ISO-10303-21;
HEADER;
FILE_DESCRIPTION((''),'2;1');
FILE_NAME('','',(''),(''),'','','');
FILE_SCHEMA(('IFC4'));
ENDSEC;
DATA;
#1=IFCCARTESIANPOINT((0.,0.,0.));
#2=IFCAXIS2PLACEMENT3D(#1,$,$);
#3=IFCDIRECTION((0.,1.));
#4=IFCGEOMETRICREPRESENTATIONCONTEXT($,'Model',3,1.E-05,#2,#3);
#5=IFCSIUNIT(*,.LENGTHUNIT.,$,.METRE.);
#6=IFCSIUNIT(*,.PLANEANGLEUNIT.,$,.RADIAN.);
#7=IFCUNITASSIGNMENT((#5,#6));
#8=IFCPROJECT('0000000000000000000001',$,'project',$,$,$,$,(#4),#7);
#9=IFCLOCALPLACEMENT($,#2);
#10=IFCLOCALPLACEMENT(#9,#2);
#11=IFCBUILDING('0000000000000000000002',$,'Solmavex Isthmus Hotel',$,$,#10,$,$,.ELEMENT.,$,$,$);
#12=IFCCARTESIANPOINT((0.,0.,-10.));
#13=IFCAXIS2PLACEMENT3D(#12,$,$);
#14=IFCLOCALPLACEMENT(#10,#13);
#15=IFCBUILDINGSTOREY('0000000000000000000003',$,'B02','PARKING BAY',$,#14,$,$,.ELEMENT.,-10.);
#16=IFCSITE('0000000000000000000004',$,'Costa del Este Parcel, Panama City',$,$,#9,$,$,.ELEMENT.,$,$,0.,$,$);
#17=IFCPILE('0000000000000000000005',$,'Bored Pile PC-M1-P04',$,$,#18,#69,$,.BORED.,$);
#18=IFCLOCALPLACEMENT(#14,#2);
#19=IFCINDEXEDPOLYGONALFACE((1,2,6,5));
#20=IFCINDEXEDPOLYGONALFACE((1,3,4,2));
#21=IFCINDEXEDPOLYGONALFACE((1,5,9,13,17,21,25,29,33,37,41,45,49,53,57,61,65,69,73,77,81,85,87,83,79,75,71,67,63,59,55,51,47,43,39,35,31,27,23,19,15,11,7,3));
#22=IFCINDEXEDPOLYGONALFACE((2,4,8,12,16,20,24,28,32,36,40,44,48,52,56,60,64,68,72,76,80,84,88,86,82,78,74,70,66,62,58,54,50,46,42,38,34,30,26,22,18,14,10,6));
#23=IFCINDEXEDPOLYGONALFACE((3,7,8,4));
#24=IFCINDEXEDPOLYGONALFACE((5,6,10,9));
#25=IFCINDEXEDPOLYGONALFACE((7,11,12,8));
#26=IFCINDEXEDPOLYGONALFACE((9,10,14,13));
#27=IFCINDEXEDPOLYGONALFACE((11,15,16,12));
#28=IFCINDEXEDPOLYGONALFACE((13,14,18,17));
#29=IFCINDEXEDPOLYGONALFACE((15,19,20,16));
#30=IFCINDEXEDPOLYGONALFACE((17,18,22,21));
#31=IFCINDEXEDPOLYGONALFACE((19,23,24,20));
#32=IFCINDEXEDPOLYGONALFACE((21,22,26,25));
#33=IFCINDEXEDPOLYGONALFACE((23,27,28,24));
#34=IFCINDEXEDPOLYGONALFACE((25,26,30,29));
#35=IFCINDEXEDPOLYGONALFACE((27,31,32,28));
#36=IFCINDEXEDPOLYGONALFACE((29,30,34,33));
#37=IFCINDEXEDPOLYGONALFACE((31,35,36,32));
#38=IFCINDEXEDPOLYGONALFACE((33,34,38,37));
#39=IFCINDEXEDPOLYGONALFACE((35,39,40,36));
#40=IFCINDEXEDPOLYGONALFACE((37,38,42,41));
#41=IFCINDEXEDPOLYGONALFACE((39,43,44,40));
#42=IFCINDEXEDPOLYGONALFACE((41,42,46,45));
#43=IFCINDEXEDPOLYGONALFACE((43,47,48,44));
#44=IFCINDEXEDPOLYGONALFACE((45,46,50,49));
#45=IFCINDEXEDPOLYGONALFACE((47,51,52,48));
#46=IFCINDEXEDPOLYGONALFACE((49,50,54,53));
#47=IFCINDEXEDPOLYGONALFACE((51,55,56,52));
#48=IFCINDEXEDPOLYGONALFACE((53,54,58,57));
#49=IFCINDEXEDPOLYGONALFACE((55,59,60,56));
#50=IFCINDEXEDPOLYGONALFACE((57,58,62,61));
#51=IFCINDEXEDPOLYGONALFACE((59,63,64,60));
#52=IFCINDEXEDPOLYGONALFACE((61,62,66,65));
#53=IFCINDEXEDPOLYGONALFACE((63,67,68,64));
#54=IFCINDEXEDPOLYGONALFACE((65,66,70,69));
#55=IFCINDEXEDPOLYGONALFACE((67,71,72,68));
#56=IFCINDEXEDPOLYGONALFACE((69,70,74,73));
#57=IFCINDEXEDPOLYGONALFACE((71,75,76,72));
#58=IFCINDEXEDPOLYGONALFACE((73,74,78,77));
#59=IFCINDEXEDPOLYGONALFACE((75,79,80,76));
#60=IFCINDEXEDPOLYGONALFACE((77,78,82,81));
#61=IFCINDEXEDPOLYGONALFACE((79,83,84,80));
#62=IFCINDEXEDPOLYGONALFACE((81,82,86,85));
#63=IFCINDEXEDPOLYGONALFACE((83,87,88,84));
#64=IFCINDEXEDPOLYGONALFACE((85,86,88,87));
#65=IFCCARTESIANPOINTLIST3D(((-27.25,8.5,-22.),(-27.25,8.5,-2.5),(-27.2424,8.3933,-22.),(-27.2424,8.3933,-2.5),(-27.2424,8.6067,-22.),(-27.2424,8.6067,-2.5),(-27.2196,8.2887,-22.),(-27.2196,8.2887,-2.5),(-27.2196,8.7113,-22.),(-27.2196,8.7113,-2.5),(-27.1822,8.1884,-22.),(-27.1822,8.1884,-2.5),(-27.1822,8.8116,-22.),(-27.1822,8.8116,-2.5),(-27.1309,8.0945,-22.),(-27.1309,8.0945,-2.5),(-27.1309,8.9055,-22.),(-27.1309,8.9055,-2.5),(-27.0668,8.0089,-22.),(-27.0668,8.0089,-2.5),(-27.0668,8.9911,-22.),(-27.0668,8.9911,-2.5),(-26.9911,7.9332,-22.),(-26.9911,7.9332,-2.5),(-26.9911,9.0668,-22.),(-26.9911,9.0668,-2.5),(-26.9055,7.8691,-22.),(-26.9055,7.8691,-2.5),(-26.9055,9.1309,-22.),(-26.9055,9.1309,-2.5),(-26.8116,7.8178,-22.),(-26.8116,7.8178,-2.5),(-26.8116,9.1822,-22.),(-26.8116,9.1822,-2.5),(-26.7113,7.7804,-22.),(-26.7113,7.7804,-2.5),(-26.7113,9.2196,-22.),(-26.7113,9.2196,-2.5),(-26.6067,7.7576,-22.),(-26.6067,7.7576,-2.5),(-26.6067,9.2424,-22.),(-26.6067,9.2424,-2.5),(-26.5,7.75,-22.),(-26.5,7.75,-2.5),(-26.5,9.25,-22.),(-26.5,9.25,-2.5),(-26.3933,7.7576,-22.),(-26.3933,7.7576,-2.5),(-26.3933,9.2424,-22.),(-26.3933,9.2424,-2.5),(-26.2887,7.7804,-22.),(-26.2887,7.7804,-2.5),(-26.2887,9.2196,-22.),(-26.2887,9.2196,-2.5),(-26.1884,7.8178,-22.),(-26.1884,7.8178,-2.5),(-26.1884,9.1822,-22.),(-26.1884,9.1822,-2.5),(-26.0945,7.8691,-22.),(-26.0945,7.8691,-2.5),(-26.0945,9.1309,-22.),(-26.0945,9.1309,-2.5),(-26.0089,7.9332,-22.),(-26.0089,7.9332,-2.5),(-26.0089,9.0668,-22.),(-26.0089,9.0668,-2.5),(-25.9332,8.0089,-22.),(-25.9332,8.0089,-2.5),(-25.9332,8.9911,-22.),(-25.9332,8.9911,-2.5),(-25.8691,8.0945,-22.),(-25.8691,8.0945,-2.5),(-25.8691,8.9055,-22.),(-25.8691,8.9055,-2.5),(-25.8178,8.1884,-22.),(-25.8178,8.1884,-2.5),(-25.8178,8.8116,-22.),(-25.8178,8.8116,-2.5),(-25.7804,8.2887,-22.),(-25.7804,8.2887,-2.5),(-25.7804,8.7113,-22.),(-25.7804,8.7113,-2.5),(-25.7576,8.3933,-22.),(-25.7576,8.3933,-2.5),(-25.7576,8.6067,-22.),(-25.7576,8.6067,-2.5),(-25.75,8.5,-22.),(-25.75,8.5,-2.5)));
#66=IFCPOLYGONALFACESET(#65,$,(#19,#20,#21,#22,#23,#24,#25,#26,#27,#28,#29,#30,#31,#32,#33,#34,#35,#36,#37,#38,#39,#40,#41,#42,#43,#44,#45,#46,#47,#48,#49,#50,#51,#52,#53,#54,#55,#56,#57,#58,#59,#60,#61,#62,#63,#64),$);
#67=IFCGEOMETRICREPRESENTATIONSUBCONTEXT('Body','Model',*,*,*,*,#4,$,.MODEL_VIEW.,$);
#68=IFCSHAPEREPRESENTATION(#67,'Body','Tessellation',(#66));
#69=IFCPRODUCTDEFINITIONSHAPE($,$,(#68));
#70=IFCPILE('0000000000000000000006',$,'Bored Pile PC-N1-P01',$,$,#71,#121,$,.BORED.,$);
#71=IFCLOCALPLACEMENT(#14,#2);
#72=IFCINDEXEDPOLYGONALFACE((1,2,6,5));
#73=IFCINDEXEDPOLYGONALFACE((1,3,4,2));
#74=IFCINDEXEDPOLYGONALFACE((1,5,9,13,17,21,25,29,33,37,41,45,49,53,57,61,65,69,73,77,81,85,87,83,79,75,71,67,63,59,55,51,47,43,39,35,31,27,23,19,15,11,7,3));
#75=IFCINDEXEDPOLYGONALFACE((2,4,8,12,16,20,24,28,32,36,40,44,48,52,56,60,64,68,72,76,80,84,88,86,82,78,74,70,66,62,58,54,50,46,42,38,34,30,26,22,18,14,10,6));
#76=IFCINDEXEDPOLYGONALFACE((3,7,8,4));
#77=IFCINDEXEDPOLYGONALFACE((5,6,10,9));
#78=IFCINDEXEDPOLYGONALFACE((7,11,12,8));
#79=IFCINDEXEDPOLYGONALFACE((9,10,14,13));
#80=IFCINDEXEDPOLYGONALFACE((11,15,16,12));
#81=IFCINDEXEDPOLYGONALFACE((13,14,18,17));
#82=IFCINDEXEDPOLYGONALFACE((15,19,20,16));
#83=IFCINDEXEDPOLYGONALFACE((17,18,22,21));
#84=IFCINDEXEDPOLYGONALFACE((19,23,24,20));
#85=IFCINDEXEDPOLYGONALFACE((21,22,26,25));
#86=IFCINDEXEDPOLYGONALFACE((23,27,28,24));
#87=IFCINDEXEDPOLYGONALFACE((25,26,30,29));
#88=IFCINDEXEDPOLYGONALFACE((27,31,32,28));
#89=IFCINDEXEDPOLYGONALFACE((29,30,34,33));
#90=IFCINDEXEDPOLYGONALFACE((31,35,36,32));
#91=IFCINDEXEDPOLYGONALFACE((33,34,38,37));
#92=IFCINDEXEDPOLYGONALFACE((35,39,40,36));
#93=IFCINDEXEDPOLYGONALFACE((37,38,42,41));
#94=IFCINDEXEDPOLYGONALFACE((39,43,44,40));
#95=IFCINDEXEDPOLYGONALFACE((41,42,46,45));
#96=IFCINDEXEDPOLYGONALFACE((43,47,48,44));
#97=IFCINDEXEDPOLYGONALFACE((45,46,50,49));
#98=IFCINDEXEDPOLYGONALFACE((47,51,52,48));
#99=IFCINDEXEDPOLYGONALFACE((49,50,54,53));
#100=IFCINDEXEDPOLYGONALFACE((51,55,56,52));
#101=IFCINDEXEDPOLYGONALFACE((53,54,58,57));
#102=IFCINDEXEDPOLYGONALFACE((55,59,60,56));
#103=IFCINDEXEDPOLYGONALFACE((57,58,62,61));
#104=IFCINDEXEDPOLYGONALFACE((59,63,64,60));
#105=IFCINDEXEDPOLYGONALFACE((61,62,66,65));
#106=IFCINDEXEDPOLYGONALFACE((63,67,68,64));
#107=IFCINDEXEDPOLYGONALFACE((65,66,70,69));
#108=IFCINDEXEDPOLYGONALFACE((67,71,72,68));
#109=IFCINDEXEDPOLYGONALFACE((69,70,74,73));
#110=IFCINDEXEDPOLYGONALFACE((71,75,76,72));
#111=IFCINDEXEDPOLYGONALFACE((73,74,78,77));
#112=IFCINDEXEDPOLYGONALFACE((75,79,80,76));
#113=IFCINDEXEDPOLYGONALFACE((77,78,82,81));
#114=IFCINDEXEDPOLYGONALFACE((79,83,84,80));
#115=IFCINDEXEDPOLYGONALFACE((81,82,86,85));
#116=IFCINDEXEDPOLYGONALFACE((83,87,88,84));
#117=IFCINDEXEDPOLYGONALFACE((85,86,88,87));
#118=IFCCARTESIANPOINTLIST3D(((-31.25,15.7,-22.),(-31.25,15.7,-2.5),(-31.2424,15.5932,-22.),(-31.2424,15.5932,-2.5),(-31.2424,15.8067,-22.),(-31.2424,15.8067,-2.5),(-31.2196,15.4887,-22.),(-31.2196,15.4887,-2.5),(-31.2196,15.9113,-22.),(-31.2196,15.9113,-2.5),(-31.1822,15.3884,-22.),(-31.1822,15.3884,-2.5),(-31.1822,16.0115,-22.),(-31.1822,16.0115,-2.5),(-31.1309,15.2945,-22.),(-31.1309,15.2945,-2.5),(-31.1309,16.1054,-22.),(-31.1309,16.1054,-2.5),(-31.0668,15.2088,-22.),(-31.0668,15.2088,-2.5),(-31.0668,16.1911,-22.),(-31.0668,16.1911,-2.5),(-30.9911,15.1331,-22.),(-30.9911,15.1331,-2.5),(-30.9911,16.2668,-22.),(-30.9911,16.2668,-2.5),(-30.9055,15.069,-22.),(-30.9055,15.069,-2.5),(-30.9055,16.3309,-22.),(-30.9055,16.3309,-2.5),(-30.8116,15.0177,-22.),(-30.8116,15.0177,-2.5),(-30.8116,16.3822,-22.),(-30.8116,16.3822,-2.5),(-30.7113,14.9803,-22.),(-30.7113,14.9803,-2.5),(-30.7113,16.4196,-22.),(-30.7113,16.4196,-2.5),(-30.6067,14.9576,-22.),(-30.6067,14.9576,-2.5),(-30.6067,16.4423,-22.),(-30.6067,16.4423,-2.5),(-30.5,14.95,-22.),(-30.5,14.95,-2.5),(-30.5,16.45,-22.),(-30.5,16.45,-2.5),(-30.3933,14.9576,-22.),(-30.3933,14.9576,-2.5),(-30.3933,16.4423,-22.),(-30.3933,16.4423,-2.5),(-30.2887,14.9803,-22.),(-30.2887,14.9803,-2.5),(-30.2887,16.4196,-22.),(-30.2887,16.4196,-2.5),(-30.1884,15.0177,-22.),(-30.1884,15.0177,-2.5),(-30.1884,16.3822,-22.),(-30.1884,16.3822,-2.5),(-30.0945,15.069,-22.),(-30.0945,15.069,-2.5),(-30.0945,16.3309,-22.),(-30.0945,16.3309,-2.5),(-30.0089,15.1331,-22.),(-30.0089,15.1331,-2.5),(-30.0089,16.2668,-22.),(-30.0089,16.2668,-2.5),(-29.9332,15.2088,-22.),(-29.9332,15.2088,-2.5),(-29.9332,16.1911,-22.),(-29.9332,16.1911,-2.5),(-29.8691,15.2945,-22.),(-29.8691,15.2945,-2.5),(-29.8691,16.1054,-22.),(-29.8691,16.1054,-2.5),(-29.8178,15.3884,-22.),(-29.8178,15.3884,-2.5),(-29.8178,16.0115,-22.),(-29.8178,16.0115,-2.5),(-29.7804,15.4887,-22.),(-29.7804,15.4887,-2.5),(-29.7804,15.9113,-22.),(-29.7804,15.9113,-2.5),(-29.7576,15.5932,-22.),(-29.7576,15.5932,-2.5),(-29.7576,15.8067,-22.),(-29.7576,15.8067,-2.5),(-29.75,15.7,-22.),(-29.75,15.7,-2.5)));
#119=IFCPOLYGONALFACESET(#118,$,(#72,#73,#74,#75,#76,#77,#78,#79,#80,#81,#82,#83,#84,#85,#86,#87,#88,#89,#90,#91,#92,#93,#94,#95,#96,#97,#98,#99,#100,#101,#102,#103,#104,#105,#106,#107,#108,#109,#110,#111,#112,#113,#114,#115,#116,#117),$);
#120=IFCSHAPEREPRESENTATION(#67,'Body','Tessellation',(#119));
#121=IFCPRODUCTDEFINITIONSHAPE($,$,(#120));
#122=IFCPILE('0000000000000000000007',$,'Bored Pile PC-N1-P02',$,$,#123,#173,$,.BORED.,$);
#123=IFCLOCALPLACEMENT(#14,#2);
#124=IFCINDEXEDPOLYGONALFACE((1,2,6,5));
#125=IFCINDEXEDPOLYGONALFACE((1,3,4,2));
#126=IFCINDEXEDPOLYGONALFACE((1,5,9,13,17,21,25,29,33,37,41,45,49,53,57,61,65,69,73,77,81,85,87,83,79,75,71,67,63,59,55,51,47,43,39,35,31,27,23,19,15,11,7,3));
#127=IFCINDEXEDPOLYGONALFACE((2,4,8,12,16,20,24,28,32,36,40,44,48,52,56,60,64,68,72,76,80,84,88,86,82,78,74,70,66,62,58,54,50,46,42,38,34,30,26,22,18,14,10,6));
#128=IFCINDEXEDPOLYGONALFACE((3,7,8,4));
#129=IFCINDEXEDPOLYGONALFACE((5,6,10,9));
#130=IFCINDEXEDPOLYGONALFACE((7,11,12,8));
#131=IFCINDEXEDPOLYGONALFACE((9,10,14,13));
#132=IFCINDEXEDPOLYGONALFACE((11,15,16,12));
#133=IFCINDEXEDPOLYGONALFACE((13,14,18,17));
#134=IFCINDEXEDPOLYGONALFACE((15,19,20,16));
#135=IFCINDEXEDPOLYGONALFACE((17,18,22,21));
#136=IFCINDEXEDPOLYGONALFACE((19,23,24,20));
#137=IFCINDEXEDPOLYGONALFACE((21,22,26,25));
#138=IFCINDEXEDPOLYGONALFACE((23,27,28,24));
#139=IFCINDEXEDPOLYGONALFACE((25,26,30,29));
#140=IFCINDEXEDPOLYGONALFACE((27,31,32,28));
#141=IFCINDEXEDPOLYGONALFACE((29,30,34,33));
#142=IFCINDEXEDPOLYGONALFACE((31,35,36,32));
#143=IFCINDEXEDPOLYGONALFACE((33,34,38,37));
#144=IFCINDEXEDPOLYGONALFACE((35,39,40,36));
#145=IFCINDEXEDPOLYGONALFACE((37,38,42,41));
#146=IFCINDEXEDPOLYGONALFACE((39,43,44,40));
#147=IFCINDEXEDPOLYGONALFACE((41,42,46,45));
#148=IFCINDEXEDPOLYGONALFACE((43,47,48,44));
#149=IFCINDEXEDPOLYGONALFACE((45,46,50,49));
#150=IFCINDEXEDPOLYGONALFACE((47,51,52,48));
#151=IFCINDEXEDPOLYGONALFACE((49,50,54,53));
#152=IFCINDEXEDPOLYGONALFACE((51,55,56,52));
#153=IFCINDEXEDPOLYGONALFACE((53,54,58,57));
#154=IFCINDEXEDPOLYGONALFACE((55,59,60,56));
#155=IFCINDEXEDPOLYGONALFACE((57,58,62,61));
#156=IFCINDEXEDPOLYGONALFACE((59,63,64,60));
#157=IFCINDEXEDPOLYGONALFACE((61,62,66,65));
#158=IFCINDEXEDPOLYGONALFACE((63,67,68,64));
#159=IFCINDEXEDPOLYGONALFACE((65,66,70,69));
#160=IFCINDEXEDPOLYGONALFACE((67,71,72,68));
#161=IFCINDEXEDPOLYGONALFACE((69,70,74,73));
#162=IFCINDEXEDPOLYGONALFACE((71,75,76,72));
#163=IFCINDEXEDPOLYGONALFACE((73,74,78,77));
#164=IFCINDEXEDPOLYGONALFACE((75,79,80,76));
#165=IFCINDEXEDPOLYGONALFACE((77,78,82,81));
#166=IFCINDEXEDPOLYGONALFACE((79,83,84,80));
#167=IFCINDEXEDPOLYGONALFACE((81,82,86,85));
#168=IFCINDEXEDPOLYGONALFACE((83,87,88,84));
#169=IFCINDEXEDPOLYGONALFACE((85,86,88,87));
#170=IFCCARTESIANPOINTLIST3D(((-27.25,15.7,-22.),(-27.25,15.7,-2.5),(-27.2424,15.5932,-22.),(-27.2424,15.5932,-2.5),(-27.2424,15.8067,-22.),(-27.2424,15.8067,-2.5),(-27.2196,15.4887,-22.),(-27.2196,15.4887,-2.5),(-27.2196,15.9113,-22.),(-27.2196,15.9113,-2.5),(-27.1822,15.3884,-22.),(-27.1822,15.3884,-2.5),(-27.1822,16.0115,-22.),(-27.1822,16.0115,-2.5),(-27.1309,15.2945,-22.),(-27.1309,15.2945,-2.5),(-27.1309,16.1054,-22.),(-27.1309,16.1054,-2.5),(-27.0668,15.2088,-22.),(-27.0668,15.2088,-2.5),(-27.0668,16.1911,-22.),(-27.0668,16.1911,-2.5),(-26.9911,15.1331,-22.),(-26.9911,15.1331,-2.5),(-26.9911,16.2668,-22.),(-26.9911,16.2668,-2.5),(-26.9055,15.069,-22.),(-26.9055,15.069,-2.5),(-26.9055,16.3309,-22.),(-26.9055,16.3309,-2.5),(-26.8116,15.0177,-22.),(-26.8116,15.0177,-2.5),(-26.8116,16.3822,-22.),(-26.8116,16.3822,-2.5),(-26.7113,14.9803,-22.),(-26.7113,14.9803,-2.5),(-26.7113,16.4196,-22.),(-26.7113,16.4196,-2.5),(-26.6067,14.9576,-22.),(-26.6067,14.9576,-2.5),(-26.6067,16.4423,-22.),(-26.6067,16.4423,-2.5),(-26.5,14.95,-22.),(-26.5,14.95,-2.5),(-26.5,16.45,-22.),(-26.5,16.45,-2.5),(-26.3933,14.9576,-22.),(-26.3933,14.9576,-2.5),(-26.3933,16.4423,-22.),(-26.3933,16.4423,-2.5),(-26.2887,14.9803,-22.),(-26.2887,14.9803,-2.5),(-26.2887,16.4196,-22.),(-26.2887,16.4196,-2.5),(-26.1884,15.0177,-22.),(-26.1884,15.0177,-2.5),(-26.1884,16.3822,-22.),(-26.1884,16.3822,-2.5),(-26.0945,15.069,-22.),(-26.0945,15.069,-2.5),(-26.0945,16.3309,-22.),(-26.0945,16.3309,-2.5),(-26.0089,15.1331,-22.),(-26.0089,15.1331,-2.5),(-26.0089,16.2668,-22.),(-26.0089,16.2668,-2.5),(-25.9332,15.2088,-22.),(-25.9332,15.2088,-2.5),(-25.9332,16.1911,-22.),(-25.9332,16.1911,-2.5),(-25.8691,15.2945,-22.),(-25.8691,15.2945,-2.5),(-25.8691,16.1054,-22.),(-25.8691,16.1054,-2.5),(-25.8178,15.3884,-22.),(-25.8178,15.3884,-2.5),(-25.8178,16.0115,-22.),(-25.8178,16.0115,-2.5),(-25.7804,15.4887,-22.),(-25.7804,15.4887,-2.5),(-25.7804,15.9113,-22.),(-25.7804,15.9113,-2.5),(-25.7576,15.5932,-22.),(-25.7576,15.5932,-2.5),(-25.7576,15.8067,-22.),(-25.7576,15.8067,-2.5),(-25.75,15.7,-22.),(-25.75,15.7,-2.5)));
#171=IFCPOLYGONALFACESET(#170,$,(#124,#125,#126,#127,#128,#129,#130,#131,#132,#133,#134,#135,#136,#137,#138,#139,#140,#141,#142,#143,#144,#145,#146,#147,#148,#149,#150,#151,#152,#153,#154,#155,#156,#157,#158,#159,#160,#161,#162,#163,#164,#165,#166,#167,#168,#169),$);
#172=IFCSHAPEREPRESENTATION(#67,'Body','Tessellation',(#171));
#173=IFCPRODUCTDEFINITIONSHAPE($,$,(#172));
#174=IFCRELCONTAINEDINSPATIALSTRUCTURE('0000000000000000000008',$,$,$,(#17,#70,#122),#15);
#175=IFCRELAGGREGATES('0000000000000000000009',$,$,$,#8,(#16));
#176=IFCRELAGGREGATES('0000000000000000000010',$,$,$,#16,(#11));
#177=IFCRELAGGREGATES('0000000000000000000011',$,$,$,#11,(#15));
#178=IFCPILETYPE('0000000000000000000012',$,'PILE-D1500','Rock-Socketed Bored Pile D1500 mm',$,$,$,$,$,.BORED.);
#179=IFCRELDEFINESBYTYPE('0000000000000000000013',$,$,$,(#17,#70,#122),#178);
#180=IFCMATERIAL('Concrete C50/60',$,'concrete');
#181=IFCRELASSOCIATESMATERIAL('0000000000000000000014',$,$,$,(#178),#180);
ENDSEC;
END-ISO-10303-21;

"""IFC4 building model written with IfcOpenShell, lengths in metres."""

from ifc_helpers import new_model, si_unit, direction, frame, origin, origin_2d, place, context, subcontext, project, spatial, circle, extrude, material, material_profile, profile_set, type_object, element, save


model = new_model("IFC4")

# Units and contexts
model_context = context("Model", 3, precision=1e-05, world=origin(), true_north=direction((0.0, 1.0)))
body_context = subcontext(model_context, "Body", "Model", "MODEL_VIEW")
ifc_project = project(units=[si_unit("LENGTHUNIT", "METRE"), si_unit("PLANEANGLEUNIT", "RADIAN")], contexts=[model_context])

# Site, building, storey
site_placement = place(None, origin())
site = spatial("IfcSite", under=ifc_project, at=site_placement, Name="Costa del Este Parcel, Panama City", CompositionType="ELEMENT", RefElevation=0.0)
building_placement = place(site_placement, origin())
building = spatial("IfcBuilding", under=site, at=building_placement, Name="Solmavex Isthmus Hotel", CompositionType="ELEMENT")
storey_placement = place(building_placement, frame((0.0, 0.0, -10.0)))
storey = spatial("IfcBuildingStorey", under=building, at=storey_placement, Name="B02", Description="PARKING BAY", CompositionType="ELEMENT", Elevation=-10.0)

# Shared definitions
ifc_material_1 = material(Name="Concrete C50/60", Category="concrete")

# Piles
ifc_material_profile_1 = material_profile(ifc_material_1, circle(Radius=0.75, at=origin_2d()), Name="PILE1500")
ifc_profile_set_1 = profile_set([ifc_material_profile_1], Name="Concrete C50/60")
pile_type = type_object("IfcPileType", Name="PILE-D1500", Description="Rock-Socketed Bored Pile D1500 mm", PredefinedType="BORED", material=ifc_profile_set_1)
for number, where, z_axis, x_axis, name in (
    (1, (-26.5, 8.5, -2.5), (0.0, 0.0, -1.0), (1.0, 0.0, 0.0), "Bored Pile PC-M1-P04"),
    (2, (-30.5, 15.7, -2.5), (0.0, 0.0, -1.0), (1.0, 0.0, 0.0), "Bored Pile PC-N1-P01"),
    (3, (-26.5, 15.7, -2.5), (0.0, 0.0, -1.0), (1.0, 0.0, 0.0), "Bored Pile PC-N1-P02"),
):
    element("IfcPile", number, at=place(storey_placement, frame(where, z_axis=z_axis, x_axis=x_axis)), inside=storey, type_object=pile_type, Name=name, PredefinedType="BORED", context=body_context, shape_type="SweptSolid", body=[
        extrude(circle(Radius=0.75, at=origin_2d()), origin(), (0.0, 0.0, 1.0), 19.5),
    ])

save(model, "model.ifc")
